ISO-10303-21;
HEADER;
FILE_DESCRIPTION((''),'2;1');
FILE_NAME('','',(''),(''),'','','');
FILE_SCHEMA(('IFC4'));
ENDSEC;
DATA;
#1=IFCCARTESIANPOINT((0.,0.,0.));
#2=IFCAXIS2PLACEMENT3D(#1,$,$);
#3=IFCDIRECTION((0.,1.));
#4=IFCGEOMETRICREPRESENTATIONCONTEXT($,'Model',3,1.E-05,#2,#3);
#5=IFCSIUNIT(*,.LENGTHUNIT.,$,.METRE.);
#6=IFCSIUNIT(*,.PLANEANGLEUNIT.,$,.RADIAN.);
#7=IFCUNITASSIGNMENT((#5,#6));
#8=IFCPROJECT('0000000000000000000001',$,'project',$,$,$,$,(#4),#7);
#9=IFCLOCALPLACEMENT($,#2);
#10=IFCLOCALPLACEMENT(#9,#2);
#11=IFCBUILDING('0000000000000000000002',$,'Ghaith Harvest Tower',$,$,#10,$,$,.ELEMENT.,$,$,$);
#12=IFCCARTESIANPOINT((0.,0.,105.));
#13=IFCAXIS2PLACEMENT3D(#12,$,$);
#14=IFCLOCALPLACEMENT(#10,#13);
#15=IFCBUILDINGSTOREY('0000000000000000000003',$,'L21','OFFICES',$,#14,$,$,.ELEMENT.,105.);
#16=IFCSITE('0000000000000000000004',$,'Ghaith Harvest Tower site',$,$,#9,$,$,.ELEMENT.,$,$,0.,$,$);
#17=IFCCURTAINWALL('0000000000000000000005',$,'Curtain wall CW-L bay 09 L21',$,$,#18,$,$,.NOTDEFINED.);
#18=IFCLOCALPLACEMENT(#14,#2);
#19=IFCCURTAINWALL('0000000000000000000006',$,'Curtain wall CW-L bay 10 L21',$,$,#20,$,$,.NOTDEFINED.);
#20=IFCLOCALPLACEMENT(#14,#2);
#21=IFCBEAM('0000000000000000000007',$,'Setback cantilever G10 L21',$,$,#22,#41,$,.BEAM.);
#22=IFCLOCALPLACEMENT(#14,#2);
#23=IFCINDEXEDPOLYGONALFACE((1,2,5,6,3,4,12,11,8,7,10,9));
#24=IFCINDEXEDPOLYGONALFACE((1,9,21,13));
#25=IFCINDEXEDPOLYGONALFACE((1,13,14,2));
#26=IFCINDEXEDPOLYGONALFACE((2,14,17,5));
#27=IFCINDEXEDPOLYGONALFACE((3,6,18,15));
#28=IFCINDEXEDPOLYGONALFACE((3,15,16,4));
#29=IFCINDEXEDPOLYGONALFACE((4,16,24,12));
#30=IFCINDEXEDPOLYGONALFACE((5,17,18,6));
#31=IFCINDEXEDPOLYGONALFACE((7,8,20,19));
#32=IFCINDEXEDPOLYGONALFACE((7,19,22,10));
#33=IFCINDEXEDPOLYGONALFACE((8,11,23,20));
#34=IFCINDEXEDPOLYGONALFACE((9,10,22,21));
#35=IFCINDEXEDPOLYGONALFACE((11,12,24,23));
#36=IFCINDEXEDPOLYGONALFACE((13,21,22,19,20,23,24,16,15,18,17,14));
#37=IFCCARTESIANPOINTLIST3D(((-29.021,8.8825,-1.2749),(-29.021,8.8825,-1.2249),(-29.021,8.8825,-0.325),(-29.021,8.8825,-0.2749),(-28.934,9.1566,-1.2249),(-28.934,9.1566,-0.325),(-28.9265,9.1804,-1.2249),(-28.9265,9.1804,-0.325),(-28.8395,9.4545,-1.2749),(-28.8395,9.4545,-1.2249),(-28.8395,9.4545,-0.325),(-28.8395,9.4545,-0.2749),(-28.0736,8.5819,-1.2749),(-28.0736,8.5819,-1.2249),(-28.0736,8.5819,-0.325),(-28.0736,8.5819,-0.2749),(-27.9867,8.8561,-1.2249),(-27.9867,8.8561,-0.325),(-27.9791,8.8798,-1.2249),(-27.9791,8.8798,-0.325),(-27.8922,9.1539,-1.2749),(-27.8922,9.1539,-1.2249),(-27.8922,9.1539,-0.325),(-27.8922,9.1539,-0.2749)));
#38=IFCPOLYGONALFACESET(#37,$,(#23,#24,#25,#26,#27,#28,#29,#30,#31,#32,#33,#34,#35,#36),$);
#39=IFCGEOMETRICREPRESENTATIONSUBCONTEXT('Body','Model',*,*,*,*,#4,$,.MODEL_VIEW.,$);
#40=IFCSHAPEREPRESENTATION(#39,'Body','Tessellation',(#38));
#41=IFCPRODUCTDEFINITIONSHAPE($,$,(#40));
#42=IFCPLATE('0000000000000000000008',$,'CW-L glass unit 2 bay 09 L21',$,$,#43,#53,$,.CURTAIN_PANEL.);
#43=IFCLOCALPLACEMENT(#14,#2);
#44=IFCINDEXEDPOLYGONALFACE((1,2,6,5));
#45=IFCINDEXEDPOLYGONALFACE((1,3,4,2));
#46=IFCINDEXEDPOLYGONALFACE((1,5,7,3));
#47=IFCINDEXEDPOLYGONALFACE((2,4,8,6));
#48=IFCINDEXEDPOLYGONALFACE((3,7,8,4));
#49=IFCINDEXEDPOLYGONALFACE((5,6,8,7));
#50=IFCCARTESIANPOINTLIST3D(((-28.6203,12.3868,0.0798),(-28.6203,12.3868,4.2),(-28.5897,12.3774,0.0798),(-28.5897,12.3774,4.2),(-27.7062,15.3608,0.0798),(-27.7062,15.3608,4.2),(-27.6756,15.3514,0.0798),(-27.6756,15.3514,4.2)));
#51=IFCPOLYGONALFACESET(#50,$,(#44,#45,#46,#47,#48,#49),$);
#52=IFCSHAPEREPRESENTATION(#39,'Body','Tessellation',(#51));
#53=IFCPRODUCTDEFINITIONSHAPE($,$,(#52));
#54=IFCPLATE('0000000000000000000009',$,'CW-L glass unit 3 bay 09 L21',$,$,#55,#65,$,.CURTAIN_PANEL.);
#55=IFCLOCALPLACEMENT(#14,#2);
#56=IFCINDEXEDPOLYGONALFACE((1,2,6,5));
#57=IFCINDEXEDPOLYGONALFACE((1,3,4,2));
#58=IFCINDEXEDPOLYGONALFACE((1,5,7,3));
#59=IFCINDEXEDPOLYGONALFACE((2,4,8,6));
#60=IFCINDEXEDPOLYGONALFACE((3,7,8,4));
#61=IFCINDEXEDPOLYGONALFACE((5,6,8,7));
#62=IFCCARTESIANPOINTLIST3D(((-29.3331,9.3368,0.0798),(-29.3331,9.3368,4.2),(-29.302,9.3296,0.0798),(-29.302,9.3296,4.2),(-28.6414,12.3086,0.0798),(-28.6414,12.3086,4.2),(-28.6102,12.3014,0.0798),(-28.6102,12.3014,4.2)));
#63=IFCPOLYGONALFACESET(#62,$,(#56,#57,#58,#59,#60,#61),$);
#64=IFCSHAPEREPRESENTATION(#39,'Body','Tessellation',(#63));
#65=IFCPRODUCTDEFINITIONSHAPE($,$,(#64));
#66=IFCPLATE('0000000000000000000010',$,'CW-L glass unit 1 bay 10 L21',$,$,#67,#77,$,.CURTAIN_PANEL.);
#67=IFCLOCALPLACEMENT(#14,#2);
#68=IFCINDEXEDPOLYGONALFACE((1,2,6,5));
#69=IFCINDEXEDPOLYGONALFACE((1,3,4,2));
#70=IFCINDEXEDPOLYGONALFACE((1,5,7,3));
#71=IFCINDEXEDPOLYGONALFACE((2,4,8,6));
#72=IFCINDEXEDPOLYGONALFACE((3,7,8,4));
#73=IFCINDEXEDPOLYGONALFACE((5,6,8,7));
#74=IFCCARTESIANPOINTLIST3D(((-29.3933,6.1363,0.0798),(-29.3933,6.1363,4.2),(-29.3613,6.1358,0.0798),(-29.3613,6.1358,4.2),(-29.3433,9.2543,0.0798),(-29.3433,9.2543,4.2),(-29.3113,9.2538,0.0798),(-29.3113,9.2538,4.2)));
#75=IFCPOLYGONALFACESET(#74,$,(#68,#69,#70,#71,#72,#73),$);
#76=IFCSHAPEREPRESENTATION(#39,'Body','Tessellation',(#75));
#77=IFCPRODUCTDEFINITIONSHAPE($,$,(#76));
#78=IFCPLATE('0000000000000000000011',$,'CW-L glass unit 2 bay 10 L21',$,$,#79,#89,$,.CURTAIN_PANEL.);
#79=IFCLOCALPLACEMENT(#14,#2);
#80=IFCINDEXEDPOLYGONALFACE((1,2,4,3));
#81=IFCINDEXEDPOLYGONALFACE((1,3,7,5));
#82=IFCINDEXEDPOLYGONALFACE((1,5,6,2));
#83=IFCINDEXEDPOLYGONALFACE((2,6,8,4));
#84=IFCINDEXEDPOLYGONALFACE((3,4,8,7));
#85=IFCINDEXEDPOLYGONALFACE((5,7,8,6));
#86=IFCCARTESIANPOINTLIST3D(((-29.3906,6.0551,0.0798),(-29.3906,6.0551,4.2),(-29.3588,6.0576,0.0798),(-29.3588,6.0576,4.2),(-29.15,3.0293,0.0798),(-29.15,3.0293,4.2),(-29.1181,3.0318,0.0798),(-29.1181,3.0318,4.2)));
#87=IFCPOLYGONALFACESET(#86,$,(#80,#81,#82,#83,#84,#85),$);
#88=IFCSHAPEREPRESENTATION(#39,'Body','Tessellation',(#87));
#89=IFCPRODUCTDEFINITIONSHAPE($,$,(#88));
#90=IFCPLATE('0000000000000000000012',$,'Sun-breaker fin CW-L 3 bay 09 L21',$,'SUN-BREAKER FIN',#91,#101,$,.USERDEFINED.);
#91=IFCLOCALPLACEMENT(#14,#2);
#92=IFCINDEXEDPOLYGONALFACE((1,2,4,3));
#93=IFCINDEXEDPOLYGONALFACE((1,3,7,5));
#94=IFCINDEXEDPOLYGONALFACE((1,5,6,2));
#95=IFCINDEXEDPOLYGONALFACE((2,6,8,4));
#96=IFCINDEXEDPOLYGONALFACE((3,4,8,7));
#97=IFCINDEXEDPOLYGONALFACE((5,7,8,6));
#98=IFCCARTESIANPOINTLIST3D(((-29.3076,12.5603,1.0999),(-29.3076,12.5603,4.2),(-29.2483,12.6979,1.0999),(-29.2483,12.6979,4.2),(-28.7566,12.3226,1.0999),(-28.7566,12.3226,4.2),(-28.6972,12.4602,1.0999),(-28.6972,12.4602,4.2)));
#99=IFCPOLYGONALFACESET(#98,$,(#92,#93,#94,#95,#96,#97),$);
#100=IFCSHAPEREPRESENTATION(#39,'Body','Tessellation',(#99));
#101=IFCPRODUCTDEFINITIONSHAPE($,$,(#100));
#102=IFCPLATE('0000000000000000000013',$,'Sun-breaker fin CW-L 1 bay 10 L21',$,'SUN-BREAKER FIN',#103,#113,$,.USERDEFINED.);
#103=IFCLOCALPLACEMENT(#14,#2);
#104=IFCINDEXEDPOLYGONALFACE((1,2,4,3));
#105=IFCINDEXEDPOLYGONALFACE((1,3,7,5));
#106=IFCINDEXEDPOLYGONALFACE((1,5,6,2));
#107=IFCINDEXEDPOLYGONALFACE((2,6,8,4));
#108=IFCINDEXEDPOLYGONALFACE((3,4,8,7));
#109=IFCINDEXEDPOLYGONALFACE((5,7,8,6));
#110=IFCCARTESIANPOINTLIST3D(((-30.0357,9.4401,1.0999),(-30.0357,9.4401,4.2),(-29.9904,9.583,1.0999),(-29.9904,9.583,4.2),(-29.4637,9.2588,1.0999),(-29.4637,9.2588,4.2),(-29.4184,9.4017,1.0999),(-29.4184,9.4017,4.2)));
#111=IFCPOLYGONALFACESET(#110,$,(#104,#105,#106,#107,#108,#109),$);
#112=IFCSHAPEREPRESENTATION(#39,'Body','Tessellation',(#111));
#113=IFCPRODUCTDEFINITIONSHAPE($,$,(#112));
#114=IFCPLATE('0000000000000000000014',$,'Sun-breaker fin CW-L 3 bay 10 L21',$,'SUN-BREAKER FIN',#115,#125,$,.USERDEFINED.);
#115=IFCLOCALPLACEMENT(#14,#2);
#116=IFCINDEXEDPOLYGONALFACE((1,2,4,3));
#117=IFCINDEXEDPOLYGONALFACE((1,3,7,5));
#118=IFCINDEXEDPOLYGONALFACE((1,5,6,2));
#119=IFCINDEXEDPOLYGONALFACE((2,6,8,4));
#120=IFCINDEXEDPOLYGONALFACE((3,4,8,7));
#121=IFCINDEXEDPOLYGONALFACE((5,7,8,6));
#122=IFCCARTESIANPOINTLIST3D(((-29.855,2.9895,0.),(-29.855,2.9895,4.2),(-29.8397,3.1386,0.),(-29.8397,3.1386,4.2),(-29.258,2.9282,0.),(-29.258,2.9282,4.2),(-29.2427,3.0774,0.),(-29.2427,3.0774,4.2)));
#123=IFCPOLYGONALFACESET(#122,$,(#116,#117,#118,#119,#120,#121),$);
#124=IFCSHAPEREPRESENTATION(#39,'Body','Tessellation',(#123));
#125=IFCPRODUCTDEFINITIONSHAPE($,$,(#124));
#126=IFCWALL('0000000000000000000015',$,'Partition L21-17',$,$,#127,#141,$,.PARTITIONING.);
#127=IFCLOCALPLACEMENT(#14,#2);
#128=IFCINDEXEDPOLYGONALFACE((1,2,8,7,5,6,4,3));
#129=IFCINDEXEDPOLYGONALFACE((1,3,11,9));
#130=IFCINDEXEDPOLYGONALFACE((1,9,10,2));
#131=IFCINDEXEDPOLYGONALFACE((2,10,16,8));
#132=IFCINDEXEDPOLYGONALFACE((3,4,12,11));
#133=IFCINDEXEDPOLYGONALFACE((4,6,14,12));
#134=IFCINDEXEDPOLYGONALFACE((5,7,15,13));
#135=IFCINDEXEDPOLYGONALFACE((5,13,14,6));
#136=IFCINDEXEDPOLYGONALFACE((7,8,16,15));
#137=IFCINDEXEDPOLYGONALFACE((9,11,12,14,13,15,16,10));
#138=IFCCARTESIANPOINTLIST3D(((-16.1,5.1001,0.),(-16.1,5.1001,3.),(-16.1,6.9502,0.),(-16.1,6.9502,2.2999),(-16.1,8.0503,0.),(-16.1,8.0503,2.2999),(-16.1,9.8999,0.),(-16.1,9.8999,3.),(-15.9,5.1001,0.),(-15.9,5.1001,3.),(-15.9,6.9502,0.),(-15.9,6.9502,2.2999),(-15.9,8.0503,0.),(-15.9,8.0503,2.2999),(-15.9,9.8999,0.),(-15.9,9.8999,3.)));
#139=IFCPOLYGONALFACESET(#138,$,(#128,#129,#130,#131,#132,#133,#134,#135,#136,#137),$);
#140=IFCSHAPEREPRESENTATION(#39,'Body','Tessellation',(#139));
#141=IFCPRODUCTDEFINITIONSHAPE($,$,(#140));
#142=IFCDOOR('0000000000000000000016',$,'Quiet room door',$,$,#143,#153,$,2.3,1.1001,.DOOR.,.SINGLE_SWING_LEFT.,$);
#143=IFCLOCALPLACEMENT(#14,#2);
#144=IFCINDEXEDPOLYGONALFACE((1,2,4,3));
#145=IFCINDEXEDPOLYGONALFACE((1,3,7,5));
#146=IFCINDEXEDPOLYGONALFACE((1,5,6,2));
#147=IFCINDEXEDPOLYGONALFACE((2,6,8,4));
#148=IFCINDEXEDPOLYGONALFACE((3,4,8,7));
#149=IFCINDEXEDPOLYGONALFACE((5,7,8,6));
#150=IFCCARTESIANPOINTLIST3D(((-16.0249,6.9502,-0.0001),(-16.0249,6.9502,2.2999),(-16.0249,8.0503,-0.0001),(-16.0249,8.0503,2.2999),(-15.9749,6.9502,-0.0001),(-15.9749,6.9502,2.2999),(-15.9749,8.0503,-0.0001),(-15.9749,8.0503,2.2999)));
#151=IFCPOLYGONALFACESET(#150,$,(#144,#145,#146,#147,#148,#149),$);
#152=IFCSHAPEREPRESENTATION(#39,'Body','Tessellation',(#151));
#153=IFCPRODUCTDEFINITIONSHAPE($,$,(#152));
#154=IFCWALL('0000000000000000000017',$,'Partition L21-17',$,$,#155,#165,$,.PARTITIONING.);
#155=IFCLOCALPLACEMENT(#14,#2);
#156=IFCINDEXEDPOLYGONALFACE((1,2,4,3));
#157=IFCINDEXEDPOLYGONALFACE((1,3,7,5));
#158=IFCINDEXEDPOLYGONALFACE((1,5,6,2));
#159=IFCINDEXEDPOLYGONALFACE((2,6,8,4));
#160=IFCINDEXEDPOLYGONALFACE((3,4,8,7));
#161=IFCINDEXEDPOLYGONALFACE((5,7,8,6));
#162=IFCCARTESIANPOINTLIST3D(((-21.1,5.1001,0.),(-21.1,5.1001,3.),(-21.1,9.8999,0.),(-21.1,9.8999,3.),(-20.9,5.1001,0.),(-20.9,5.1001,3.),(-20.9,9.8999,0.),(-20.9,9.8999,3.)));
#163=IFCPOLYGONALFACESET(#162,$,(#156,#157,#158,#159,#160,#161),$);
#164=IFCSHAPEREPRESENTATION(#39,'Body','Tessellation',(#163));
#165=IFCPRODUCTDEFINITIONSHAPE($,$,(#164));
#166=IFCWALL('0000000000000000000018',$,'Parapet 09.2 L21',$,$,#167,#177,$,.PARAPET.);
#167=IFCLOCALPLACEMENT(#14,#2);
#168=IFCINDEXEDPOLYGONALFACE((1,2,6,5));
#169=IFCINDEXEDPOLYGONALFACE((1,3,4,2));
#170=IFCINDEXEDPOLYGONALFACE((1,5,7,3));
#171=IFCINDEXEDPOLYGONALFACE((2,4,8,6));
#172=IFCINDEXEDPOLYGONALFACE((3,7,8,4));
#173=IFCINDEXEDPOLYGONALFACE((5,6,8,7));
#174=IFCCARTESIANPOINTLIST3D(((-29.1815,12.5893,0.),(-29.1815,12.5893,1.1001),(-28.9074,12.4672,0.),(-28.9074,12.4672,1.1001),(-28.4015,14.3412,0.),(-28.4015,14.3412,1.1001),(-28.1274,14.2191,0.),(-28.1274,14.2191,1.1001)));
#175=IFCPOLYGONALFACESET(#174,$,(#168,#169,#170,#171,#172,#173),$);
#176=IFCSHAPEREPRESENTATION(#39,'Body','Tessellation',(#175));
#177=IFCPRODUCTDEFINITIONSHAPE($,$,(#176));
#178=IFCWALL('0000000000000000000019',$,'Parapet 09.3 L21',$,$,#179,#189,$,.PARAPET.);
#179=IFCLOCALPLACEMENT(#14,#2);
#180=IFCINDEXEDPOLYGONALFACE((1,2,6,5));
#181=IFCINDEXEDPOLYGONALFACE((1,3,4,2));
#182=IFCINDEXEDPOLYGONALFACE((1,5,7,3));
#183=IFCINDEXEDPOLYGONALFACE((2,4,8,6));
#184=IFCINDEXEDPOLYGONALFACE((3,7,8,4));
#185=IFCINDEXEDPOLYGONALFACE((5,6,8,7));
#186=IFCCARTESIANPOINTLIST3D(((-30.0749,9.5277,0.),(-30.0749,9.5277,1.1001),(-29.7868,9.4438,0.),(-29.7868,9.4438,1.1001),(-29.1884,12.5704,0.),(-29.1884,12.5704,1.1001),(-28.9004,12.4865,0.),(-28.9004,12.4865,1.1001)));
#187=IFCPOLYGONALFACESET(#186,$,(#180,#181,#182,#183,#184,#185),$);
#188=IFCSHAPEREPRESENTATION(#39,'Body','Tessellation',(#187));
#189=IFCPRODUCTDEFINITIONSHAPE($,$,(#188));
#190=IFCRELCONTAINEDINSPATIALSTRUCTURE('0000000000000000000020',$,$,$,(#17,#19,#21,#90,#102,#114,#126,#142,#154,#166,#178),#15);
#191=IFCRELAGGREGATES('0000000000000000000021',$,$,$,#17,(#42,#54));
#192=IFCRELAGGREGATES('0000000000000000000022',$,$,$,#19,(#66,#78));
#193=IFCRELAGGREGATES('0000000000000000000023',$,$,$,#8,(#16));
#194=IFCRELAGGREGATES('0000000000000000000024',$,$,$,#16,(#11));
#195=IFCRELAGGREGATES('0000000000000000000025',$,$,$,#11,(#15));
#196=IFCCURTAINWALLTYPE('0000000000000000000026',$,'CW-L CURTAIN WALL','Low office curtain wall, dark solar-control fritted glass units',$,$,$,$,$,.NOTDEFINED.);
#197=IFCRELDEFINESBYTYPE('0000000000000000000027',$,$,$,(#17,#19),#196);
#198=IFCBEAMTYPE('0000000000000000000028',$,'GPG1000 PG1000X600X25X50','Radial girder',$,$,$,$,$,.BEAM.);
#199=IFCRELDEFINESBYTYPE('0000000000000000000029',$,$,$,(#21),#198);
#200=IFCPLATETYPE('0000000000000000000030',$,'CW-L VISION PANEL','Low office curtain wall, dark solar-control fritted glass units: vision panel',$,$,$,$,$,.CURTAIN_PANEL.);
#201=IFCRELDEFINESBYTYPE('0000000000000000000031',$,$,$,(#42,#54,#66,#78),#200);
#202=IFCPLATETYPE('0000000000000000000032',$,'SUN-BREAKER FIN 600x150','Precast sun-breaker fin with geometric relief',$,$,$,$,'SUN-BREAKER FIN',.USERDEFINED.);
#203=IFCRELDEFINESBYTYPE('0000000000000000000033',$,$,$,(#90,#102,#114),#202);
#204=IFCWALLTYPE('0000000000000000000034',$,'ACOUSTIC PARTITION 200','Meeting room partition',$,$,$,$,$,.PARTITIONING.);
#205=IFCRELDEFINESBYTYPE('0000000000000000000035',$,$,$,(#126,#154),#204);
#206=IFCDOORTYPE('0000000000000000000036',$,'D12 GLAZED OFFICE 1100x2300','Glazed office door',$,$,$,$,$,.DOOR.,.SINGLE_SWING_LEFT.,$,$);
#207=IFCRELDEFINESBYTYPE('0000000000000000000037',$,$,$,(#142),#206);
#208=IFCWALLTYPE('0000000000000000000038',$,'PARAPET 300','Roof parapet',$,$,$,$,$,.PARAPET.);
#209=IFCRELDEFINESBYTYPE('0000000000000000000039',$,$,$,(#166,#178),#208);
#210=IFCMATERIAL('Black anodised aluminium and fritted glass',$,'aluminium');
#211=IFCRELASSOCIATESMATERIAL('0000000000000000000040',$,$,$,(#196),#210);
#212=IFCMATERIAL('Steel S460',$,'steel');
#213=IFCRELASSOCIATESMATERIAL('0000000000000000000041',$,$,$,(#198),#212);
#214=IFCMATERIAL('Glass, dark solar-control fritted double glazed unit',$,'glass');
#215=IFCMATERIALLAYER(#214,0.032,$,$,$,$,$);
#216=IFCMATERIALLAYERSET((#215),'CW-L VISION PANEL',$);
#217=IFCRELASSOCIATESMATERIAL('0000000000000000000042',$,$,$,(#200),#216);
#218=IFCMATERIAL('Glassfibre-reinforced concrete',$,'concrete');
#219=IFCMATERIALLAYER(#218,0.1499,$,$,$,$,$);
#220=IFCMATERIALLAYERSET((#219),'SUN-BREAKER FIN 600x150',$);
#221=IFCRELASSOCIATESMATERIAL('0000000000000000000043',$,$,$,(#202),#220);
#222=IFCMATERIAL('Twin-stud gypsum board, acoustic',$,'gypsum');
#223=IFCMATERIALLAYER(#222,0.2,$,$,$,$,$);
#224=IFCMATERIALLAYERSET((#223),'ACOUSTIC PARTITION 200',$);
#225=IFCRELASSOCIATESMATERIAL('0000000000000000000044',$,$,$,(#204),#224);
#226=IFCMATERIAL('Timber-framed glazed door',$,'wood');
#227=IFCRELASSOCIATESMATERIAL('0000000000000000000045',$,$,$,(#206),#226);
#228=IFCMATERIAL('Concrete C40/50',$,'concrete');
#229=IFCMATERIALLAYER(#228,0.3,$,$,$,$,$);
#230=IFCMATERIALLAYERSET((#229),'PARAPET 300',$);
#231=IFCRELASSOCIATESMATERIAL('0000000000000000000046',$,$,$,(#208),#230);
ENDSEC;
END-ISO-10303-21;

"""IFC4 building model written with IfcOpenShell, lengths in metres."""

from ifc_helpers import new_model, si_unit, direction, frame, frame_2d, origin, origin_2d, place, context, subcontext, project, spatial, rectangle, i_section, extrude, material, layer, layer_set, material_profile, profile_set, type_object, element, fill, aggregate, save


model = new_model("IFC4")

# Units and contexts
model_context = context("Model", 3, precision=1e-05, world=origin(), true_north=direction((0.0, 1.0)))
body_context = subcontext(model_context, "Body", "Model", "MODEL_VIEW")
ifc_project = project(units=[si_unit("LENGTHUNIT", "METRE"), si_unit("PLANEANGLEUNIT", "RADIAN")], contexts=[model_context])

# Site, building, storey
site_placement = place(None, origin())
site = spatial("IfcSite", under=ifc_project, at=site_placement, Name="Ghaith Harvest Tower site", CompositionType="ELEMENT", RefElevation=0.0)
building_placement = place(site_placement, origin())
building = spatial("IfcBuilding", under=site, at=building_placement, Name="Ghaith Harvest Tower", CompositionType="ELEMENT")
storey_placement = place(building_placement, frame((0.0, 0.0, 105.0)))
storey = spatial("IfcBuildingStorey", under=building, at=storey_placement, Name="L21", Description="OFFICES", CompositionType="ELEMENT", Elevation=105.0)

# Curtain wall
ifc_material_1 = material(Name="Black anodised aluminium and fritted glass", Category="aluminium")
curtain_wall_type = type_object("IfcCurtainWallType", Name="CW-L CURTAIN WALL", Description="Low office curtain wall, dark solar-control fritted glass units", PredefinedType="NOTDEFINED", material=ifc_material_1)
curtain_wall_1_placement = place(storey_placement, origin())
curtain_wall_1 = element("IfcCurtainWall", 1, at=curtain_wall_1_placement, inside=storey, type_object=curtain_wall_type, Name="Curtain wall CW-L bay 09 L21", PredefinedType="NOTDEFINED")

# Curtain wall
curtain_wall_2_placement = place(storey_placement, origin())
curtain_wall_2 = element("IfcCurtainWall", 2, at=curtain_wall_2_placement, inside=storey, type_object=curtain_wall_type, Name="Curtain wall CW-L bay 10 L21", PredefinedType="NOTDEFINED")

# Beam
ifc_material_2 = material(Name="Steel S460", Category="steel")
ifc_material_profile_1 = material_profile(ifc_material_2, i_section(OverallWidth=0.6001, OverallDepth=1.0, WebThickness=0.0249, FlangeThickness=0.05, at=origin_2d()), Name="PG1000X600X25X50")
ifc_profile_set_1 = profile_set([ifc_material_profile_1], Name="Steel S460")
beam_type_1 = type_object("IfcBeamType", Name="GPG1000 PG1000X600X25X50", Description="Radial girder", PredefinedType="BEAM", material=ifc_profile_set_1)
beam_1_placement = place(storey_placement, frame((-27.9829, 8.8679, -0.7749), z_axis=(-0.953177, 0.302413, 0.0), x_axis=(-0.302413, -0.953177, 0.0)))
element("IfcBeam", 3, at=beam_1_placement, inside=storey, type_object=beam_type_1, Name="Setback cantilever G10 L21", PredefinedType="BEAM", context=body_context, shape_type="SweptSolid", body=[
    extrude(i_section(OverallWidth=0.6001, OverallDepth=1.0, WebThickness=0.0249, FlangeThickness=0.05, at=origin_2d()), origin(), (0.0, 0.0, 1.0), 0.9939),
])

# Plates
ifc_material_3 = material(Name="Glass, dark solar-control fritted double glazed unit", Category="glass")
ifc_layer_1 = layer(ifc_material_3, 0.032)
ifc_layer_set_1 = layer_set([ifc_layer_1], Name="CW-L VISION PANEL")
plate_type_1 = type_object("IfcPlateType", Name="CW-L VISION PANEL", Description="Low office curtain wall, dark solar-control fritted glass units: vision panel", PredefinedType="CURTAIN_PANEL", material=ifc_layer_set_1)
plate_1_placement = place(storey_placement, frame((-28.1479, 13.8691, 0.0798), z_axis=(0.0, 0.0, 1.0), x_axis=(-0.293803, -0.955866, 0.0)))
plate_1 = element("IfcPlate", 4, at=plate_1_placement, type_object=plate_type_1, Name="CW-L glass unit 2 bay 09 L21", PredefinedType="CURTAIN_PANEL", context=body_context, shape_type="SweptSolid", body=[
    extrude(rectangle(XDim=3.1113, YDim=0.032, at=origin_2d()), origin(), (0.0, 0.0, 1.0), 4.1201),
])
plate_2_placement = place(storey_placement, frame((-28.9717, 10.8191, 0.0798), z_axis=(0.0, 0.0, 1.0), x_axis=(-0.226699, -0.973965, 0.0)))
plate_2 = element("IfcPlate", 5, at=plate_2_placement, type_object=plate_type_1, Name="CW-L glass unit 3 bay 09 L21", PredefinedType="CURTAIN_PANEL", context=body_context, shape_type="SweptSolid", body=[
    extrude(rectangle(XDim=3.0513, YDim=0.032, at=origin_2d()), origin(), (0.0, 0.0, 1.0), 4.1201),
])
aggregate(curtain_wall_1, [plate_1, plate_2])
plate_3_placement = place(storey_placement, frame((-29.3523, 7.6951, 0.0798), z_axis=(0.0, 0.0, 1.0), x_axis=(-0.016034, -0.999871, 0.0)))
plate_3 = element("IfcPlate", 6, at=plate_3_placement, type_object=plate_type_1, Name="CW-L glass unit 1 bay 10 L21", PredefinedType="CURTAIN_PANEL", context=body_context, shape_type="SweptSolid", body=[
    extrude(rectangle(XDim=3.1184, YDim=0.032, at=origin_2d()), origin(), (0.0, 0.0, 1.0), 4.1201),
])
plate_4_placement = place(storey_placement, frame((-29.2544, 4.5435, 0.0798), z_axis=(0.0, 0.0, 1.0), x_axis=(0.079273, -0.996853, 0.0)))
plate_4 = element("IfcPlate", 7, at=plate_4_placement, type_object=plate_type_1, Name="CW-L glass unit 2 bay 10 L21", PredefinedType="CURTAIN_PANEL", context=body_context, shape_type="SweptSolid", body=[
    extrude(rectangle(XDim=3.0354, YDim=0.032, at=origin_2d()), origin(), (0.0, 0.0, 1.0), 4.1201),
])
aggregate(curtain_wall_2, [plate_3, plate_4])

# Plates
ifc_material_4 = material(Name="Glassfibre-reinforced concrete", Category="concrete")
ifc_layer_2 = layer(ifc_material_4, 0.1499)
ifc_layer_set_2 = layer_set([ifc_layer_2], Name="SUN-BREAKER FIN 600x150")
plate_type_2 = type_object("IfcPlateType", Name="SUN-BREAKER FIN 600x150", Description="Precast sun-breaker fin with geometric relief", ElementType="SUN-BREAKER FIN", PredefinedType="USERDEFINED", material=ifc_layer_set_2)
for number, where, z_axis, x_axis, name in (
    (8, (-29.0024, 12.5103, 1.0999), (0.0, 0.0, 1.0), (-0.918218, 0.396075, 0.0), "Sun-breaker fin CW-L 3 bay 09 L21"),
    (9, (-29.7271, 9.4209, 1.0999), (0.0, 0.0, 1.0), (-0.953273, 0.30211, 0.0), "Sun-breaker fin CW-L 1 bay 10 L21"),
):
    element("IfcPlate", number, at=place(storey_placement, frame(where, z_axis=z_axis, x_axis=x_axis)), inside=storey, type_object=plate_type_2, Name=name, ObjectType="SUN-BREAKER FIN", PredefinedType="USERDEFINED", context=body_context, shape_type="SweptSolid", body=[
        extrude(rectangle(XDim=0.6001, YDim=0.1499, at=origin_2d()), origin(), (0.0, 0.0, 1.0), 3.1001),
    ])
plate_5_placement = place(storey_placement, frame((-29.5488, 3.0334, 0.0), z_axis=(0.0, 0.0, 1.0), x_axis=(-0.994772, 0.102123, 0.0)))
element("IfcPlate", 10, at=plate_5_placement, inside=storey, type_object=plate_type_2, Name="Sun-breaker fin CW-L 3 bay 10 L21", ObjectType="SUN-BREAKER FIN", PredefinedType="USERDEFINED", context=body_context, shape_type="SweptSolid", body=[
    extrude(rectangle(XDim=0.6001, YDim=0.1499, at=origin_2d()), origin(), (0.0, 0.0, 1.0), 4.2),
])

# Wall, opening, door
ifc_material_5 = material(Name="Twin-stud gypsum board, acoustic", Category="gypsum")
ifc_layer_3 = layer(ifc_material_5, 0.2)
ifc_layer_set_3 = layer_set([ifc_layer_3], Name="ACOUSTIC PARTITION 200")
wall_type_1 = type_object("IfcWallType", Name="ACOUSTIC PARTITION 200", Description="Meeting room partition", PredefinedType="PARTITIONING", material=ifc_layer_set_3)
wall_1_placement = place(storey_placement, frame((-16.0, 5.1001, 0.0), z_axis=(0.0, 0.0, 1.0), x_axis=(0.0, 1.0, 0.0)))
wall_1 = element("IfcWall", 11, at=wall_1_placement, inside=storey, type_object=wall_type_1, Name="Partition L21-17", PredefinedType="PARTITIONING", context=body_context, shape_type="SweptSolid", body=[
    extrude(rectangle(XDim=4.7998, YDim=0.2, at=frame_2d((2.3999, 0.0))), origin(), (0.0, 0.0, 1.0), 3.0),
])
opening_1_placement = place(wall_1_placement, frame((1.8501, 0.0, 0.0)))
opening_1 = element("IfcOpeningElement", 12, at=opening_1_placement, cuts=wall_1, PredefinedType="OPENING", context=body_context, shape_type="SweptSolid", body=[
    extrude(rectangle(XDim=1.1001, YDim=2.3, at=frame_2d((0.55, 1.1499))), frame((0.0, 0.1099, 0.0), z_axis=(0.0, -1.0, 0.0), x_axis=(1.0, 0.0, 0.0)), (0.0, 0.0, 1.0), 0.22),
])
ifc_material_6 = material(Name="Timber-framed glazed door", Category="wood")
door_type = type_object("IfcDoorType", Name="D12 GLAZED OFFICE 1100x2300", Description="Glazed office door", OperationType="SINGLE_SWING_LEFT", PredefinedType="DOOR", material=ifc_material_6)
door_1_placement = place(opening_1_placement, origin())
door_1 = element("IfcDoor", 13, at=door_1_placement, inside=storey, type_object=door_type, Name="Quiet room door", OperationType="SINGLE_SWING_LEFT", OverallHeight=2.3, OverallWidth=1.1001, PredefinedType="DOOR", context=body_context, shape_type="SweptSolid", body=[
    extrude(rectangle(XDim=1.1001, YDim=2.3, at=frame_2d((0.55, 1.1499))), frame((0.0, 0.0249, 0.0), z_axis=(0.0, -1.0, 0.0), x_axis=(1.0, 0.0, 0.0)), (0.0, 0.0, 1.0), 0.05),
])
fill(opening_1, door_1)

# Walls
wall_2_placement = place(storey_placement, frame((-21.0, 5.1001, 0.0), z_axis=(0.0, 0.0, 1.0), x_axis=(0.0, 1.0, 0.0)))
element("IfcWall", 14, at=wall_2_placement, inside=storey, type_object=wall_type_1, Name="Partition L21-17", PredefinedType="PARTITIONING", context=body_context, shape_type="SweptSolid", body=[
    extrude(rectangle(XDim=4.7998, YDim=0.2, at=frame_2d((2.3999, 0.0))), origin(), (0.0, 0.0, 1.0), 3.0),
])
ifc_material_7 = material(Name="Concrete C40/50", Category="concrete")
ifc_layer_4 = layer(ifc_material_7, 0.3)
ifc_layer_set_4 = layer_set([ifc_layer_4], Name="PARAPET 300")
wall_type_2 = type_object("IfcWallType", Name="PARAPET 300", Description="Roof parapet", PredefinedType="PARAPET", material=ifc_layer_set_4)
wall_3_placement = place(storey_placement, frame((-28.2644, 14.2803, 0.0), z_axis=(0.0, 0.0, 1.0), x_axis=(-0.406741, -0.913544, 0.0)))
element("IfcWall", 15, at=wall_3_placement, inside=storey, type_object=wall_type_2, Name="Parapet 09.2 L21", PredefinedType="PARAPET", context=body_context, shape_type="SweptSolid", body=[
    extrude(rectangle(XDim=1.9177, YDim=0.3, at=frame_2d((0.959, 0.0))), origin(), (0.0, 0.0, 1.0), 1.1001),
])
wall_4_placement = place(storey_placement, frame((-29.0444, 12.5283, 0.0), z_axis=(0.0, 0.0, 1.0), x_axis=(-0.279713, -0.960084, 0.0)))
element("IfcWall", 16, at=wall_4_placement, inside=storey, type_object=wall_type_2, Name="Parapet 09.3 L21", PredefinedType="PARAPET", context=body_context, shape_type="SweptSolid", body=[
    extrude(rectangle(XDim=3.1692, YDim=0.3, at=frame_2d((1.5845, 0.0))), origin(), (0.0, 0.0, 1.0), 1.1001),
])

save(model, "model.ifc")
